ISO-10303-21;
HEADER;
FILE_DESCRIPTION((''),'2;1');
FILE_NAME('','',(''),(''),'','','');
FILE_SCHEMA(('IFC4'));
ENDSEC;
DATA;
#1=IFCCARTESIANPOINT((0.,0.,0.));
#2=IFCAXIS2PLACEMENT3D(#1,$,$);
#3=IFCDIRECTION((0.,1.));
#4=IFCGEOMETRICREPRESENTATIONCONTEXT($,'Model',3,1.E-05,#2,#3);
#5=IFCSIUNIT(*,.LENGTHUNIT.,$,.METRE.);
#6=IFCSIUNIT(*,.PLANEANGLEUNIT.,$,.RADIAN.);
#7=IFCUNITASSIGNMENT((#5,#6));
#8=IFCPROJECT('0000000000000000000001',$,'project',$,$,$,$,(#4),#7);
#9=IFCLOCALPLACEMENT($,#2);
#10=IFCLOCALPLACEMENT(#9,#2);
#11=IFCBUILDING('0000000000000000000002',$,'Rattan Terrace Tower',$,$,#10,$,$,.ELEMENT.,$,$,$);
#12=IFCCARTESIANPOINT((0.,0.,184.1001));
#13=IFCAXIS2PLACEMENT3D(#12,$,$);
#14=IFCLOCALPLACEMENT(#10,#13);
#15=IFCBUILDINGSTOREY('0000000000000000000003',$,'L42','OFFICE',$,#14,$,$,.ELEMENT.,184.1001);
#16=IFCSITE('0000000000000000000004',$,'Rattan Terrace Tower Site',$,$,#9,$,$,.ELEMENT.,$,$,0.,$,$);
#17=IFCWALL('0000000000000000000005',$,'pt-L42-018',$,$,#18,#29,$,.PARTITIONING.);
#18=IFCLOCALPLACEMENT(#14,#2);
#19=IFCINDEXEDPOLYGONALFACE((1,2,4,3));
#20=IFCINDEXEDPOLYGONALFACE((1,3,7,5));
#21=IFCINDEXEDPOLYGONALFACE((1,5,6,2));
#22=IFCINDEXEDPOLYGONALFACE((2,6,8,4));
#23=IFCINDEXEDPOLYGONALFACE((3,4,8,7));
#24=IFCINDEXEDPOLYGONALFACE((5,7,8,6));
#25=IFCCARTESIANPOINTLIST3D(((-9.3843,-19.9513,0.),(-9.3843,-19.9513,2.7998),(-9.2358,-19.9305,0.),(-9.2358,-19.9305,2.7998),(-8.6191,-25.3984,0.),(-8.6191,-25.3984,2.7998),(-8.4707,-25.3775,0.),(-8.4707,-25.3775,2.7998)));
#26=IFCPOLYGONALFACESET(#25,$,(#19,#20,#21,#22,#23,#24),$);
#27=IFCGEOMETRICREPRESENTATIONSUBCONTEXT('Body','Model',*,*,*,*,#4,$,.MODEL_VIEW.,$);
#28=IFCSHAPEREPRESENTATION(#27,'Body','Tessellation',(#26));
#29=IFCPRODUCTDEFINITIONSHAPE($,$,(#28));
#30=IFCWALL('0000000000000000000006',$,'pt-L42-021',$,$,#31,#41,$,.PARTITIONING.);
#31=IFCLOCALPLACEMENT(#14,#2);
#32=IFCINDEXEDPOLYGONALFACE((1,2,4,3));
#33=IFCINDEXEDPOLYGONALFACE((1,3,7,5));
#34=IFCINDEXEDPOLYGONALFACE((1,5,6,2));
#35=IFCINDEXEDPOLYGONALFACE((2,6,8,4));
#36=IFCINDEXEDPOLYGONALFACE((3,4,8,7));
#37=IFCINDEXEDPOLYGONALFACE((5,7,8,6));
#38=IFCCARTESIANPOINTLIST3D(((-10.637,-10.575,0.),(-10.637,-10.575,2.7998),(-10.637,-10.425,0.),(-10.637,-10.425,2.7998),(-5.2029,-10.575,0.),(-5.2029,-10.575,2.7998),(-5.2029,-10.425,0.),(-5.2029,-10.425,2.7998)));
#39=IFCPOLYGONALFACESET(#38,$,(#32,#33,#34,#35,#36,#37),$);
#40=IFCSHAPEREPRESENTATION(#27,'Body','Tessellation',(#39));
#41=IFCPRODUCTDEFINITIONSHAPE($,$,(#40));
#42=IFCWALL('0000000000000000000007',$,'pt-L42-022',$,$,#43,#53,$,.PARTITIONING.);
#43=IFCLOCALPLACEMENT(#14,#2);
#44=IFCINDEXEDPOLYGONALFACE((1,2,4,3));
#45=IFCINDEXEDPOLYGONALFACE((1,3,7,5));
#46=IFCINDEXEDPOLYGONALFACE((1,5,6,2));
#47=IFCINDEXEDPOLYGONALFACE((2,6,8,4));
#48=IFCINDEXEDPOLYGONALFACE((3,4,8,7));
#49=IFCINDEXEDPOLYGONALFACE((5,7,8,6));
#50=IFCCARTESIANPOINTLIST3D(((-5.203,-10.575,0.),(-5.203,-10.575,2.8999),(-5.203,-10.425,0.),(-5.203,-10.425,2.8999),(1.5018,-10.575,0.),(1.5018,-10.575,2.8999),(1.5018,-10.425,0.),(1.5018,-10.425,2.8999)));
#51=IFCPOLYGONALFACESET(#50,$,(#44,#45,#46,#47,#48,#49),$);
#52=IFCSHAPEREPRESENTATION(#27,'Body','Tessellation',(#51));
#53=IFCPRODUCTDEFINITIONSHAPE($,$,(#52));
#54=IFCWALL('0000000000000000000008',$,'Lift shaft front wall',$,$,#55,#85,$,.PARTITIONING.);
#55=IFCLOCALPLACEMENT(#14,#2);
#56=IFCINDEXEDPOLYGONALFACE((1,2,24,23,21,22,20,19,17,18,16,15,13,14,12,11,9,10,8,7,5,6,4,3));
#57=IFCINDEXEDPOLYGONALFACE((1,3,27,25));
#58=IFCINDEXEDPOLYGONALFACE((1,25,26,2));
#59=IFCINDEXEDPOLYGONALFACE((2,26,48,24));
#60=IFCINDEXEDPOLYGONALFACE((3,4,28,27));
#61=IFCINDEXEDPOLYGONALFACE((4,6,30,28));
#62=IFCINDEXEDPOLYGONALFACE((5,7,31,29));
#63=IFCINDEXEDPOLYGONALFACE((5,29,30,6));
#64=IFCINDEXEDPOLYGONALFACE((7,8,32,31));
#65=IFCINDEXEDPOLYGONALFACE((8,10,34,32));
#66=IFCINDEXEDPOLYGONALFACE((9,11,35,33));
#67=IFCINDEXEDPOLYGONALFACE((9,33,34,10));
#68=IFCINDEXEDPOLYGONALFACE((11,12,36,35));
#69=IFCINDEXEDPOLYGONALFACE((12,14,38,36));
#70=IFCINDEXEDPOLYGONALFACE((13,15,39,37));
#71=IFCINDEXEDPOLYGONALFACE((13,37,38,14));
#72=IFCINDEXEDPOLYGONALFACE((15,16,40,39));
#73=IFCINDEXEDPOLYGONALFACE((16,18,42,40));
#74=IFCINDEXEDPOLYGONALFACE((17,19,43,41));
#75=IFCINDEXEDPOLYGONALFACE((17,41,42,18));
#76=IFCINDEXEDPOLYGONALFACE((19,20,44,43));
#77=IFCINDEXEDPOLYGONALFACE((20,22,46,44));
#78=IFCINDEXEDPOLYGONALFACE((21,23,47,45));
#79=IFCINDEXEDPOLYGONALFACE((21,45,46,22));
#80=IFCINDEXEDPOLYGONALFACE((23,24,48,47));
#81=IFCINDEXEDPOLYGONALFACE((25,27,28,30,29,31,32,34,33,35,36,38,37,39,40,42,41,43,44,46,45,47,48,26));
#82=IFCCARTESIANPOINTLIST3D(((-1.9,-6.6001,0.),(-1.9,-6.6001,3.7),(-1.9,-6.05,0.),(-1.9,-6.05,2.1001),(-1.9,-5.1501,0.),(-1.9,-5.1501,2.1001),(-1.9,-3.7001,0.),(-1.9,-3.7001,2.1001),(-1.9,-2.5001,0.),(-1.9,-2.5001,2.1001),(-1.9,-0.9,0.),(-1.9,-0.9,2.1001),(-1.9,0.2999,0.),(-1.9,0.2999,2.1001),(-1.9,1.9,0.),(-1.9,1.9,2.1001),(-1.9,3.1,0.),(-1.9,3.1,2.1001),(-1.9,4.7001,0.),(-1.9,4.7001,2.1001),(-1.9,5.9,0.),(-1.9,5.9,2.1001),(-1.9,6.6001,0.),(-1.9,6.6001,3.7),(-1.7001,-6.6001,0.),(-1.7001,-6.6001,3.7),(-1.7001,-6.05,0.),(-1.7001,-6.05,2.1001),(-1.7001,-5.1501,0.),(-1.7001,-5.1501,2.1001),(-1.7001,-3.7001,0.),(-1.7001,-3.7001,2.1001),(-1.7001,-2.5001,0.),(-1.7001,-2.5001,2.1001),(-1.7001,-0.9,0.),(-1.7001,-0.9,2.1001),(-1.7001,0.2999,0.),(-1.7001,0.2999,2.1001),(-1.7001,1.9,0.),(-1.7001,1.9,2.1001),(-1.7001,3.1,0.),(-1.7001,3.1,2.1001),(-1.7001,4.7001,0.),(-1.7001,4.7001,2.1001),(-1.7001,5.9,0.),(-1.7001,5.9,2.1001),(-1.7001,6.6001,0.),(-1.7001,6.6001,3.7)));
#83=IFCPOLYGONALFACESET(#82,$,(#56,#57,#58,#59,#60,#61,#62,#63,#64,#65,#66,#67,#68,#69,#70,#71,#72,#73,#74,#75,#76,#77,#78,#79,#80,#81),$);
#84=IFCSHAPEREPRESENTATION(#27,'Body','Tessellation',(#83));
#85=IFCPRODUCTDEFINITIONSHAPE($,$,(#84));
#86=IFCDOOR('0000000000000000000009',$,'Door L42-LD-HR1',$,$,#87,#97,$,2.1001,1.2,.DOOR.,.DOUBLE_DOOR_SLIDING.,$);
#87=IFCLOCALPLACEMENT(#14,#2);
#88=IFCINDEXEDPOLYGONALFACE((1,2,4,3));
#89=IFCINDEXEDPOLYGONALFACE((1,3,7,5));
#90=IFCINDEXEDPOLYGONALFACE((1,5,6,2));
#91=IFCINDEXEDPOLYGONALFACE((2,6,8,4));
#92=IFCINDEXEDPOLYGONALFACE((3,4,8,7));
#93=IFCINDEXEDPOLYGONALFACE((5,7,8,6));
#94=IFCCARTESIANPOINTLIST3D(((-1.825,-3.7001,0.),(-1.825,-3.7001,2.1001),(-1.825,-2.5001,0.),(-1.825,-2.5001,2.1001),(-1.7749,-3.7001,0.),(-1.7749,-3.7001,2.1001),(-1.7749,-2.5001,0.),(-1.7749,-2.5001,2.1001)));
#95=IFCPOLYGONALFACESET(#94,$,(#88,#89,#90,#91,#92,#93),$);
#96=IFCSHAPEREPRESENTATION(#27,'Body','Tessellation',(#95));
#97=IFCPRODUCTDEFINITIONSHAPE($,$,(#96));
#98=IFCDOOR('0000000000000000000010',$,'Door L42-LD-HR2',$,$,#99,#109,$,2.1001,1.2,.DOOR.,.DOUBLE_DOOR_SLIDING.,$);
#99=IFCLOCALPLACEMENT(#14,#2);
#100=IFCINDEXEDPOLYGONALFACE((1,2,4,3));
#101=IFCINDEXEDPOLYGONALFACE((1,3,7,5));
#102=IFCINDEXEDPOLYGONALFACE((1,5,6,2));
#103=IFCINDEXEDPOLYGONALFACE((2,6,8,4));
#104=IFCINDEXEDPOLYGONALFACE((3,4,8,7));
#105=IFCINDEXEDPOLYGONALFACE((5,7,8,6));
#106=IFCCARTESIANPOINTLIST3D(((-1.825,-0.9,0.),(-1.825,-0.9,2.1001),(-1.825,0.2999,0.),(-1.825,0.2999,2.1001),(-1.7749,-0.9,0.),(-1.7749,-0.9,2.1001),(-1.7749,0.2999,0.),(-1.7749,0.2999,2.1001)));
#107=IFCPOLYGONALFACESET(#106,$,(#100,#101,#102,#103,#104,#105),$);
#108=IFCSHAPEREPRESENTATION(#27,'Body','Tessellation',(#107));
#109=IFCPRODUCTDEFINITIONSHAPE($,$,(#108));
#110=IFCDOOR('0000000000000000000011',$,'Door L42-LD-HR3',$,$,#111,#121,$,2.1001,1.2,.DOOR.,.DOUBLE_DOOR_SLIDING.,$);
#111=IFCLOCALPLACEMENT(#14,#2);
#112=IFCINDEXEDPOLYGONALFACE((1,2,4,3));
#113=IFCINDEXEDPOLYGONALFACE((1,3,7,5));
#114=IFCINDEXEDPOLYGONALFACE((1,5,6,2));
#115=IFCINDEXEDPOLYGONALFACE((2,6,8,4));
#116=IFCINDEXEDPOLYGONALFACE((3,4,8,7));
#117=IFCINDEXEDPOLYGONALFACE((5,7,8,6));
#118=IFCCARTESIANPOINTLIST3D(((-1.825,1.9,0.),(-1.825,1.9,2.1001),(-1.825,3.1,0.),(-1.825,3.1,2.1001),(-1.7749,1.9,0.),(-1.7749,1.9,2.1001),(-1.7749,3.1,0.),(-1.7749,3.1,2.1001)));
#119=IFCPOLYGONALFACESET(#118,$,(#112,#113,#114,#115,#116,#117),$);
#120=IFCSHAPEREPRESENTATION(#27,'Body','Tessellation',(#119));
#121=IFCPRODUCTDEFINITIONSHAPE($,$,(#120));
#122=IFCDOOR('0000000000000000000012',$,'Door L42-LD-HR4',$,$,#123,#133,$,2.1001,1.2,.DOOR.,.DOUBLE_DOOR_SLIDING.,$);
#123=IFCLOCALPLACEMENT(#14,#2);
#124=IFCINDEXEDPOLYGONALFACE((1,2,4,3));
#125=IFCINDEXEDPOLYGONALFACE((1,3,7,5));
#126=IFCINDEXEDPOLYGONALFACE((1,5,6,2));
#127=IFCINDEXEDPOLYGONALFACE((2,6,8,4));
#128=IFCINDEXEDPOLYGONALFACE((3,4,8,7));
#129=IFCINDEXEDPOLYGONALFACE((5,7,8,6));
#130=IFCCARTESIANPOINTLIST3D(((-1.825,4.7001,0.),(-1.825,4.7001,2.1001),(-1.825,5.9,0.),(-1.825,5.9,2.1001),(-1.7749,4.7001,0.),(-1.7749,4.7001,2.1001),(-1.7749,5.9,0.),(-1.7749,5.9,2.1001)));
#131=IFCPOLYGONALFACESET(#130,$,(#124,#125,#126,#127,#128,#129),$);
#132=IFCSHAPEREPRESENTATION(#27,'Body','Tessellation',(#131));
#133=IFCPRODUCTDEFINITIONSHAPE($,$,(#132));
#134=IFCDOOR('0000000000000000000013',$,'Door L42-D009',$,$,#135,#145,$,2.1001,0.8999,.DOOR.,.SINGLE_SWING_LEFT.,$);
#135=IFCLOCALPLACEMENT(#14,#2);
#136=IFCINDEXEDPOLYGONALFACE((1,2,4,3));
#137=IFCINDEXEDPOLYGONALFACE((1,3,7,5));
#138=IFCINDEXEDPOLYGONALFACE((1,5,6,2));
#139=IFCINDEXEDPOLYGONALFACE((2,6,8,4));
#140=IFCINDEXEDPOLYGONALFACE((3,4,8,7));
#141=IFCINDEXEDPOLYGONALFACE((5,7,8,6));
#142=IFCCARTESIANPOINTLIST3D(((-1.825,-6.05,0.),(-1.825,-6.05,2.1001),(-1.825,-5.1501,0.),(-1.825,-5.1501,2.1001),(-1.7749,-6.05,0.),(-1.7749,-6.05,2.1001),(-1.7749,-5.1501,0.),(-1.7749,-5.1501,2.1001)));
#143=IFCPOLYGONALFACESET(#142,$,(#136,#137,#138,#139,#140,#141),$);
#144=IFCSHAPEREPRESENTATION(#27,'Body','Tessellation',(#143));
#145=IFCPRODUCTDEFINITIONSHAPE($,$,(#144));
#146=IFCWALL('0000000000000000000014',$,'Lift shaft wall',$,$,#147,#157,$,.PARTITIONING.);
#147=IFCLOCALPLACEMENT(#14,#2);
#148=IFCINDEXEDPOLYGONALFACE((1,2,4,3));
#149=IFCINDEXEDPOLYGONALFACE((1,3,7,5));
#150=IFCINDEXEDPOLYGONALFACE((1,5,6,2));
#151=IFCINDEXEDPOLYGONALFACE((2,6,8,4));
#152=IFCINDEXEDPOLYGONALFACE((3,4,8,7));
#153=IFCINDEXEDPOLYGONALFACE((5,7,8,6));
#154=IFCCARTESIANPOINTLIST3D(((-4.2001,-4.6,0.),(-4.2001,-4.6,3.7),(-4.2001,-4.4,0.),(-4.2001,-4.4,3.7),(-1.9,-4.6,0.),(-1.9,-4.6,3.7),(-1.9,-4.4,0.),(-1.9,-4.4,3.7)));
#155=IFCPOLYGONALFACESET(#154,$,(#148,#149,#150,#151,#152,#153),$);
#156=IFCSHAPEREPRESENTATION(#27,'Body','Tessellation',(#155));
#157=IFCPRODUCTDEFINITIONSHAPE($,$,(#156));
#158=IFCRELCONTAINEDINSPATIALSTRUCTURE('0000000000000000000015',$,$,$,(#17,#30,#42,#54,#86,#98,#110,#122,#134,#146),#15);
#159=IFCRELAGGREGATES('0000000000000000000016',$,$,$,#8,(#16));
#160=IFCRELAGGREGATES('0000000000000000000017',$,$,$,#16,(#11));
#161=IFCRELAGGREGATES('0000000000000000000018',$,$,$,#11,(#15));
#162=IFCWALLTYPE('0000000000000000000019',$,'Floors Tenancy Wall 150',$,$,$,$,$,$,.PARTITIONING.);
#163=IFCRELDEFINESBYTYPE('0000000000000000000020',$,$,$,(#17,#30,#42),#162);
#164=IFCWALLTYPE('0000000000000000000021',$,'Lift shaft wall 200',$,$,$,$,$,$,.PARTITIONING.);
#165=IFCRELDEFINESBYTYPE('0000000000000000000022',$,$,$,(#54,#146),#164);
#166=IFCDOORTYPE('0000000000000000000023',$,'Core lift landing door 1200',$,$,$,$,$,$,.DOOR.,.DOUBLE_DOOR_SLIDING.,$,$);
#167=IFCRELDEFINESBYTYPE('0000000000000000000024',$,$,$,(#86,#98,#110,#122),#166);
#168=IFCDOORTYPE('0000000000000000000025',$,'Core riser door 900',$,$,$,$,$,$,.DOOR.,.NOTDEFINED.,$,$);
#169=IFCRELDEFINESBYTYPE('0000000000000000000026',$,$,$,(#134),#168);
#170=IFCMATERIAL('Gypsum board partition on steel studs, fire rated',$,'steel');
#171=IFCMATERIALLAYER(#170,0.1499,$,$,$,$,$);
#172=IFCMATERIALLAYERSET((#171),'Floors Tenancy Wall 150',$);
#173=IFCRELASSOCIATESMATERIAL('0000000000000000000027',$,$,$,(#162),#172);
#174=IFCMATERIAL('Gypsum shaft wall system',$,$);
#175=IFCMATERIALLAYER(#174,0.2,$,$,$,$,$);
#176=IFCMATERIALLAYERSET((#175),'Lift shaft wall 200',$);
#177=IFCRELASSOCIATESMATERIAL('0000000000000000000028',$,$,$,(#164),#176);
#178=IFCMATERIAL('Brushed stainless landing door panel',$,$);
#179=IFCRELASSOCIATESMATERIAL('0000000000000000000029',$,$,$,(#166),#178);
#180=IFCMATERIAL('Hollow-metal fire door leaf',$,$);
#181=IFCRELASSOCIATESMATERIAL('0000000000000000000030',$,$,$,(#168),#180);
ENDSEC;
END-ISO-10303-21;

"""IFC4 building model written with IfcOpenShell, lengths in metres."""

from ifc_helpers import new_model, si_unit, direction, frame, frame_2d, origin, place, context, subcontext, project, spatial, rectangle, extrude, material, layer, layer_set, type_object, element, fill, save


model = new_model("IFC4")

# Units and contexts
model_context = context("Model", 3, precision=1e-05, world=origin(), true_north=direction((0.0, 1.0)))
body_context = subcontext(model_context, "Body", "Model", "MODEL_VIEW")
ifc_project = project(units=[si_unit("LENGTHUNIT", "METRE"), si_unit("PLANEANGLEUNIT", "RADIAN")], contexts=[model_context])

# Site, building, storey
site_placement = place(None, origin())
site = spatial("IfcSite", under=ifc_project, at=site_placement, Name="Rattan Terrace Tower Site", CompositionType="ELEMENT", RefElevation=0.0)
building_placement = place(site_placement, origin())
building = spatial("IfcBuilding", under=site, at=building_placement, Name="Rattan Terrace Tower", CompositionType="ELEMENT")
storey_placement = place(building_placement, frame((0.0, 0.0, 184.1001)))
storey = spatial("IfcBuildingStorey", under=building, at=storey_placement, Name="L42", Description="OFFICE", CompositionType="ELEMENT", Elevation=184.1001)

# Walls
ifc_material_1 = material(Name="Gypsum board partition on steel studs, fire rated", Category="steel")
ifc_layer_1 = layer(ifc_material_1, 0.1499)
ifc_layer_set_1 = layer_set([ifc_layer_1], Name="Floors Tenancy Wall 150")
wall_type_1 = type_object("IfcWallType", Name="Floors Tenancy Wall 150", PredefinedType="PARTITIONING", material=ifc_layer_set_1)
wall_1_placement = place(storey_placement, frame((-9.3101, -19.9409, 0.0), z_axis=(0.0, 0.0, 1.0), x_axis=(0.139103, -0.990278, 0.0)))
element("IfcWall", 1, at=wall_1_placement, inside=storey, type_object=wall_type_1, Name="pt-L42-018", PredefinedType="PARTITIONING", context=body_context, shape_type="SweptSolid", body=[
    extrude(rectangle(XDim=5.5005, YDim=0.1499, at=frame_2d((2.7502, 0.0))), origin(), (0.0, 0.0, 1.0), 2.7998),
])
wall_2_placement = place(storey_placement, frame((-5.2029, -10.5, 0.0), z_axis=(0.0, 0.0, 1.0), x_axis=(-1.0, 0.0, 0.0)))
element("IfcWall", 2, at=wall_2_placement, inside=storey, type_object=wall_type_1, Name="pt-L42-021", PredefinedType="PARTITIONING", context=body_context, shape_type="SweptSolid", body=[
    extrude(rectangle(XDim=5.4341, YDim=0.1499, at=frame_2d((2.717, 0.0))), origin(), (0.0, 0.0, 1.0), 2.7998),
])
wall_3_placement = place(storey_placement, frame((1.502, -10.5, 0.0), z_axis=(0.0, 0.0, 1.0), x_axis=(-1.0, 0.0, 0.0)))
element("IfcWall", 3, at=wall_3_placement, inside=storey, type_object=wall_type_1, Name="pt-L42-022", PredefinedType="PARTITIONING", context=body_context, shape_type="SweptSolid", body=[
    extrude(rectangle(XDim=6.7048, YDim=0.1499, at=frame_2d((3.3525, 0.0))), origin(), (0.0, 0.0, 1.0), 2.8999),
])

# Wall, openings, doors
ifc_material_2 = material(Name="Gypsum shaft wall system")
ifc_layer_2 = layer(ifc_material_2, 0.2)
ifc_layer_set_2 = layer_set([ifc_layer_2], Name="Lift shaft wall 200")
wall_type_2 = type_object("IfcWallType", Name="Lift shaft wall 200", PredefinedType="PARTITIONING", material=ifc_layer_set_2)
wall_4_placement = place(storey_placement, frame((-1.8, -6.6001, 0.0), z_axis=(0.0, 0.0, 1.0), x_axis=(0.0, 1.0, 0.0)))
wall_4 = element("IfcWall", 4, at=wall_4_placement, inside=storey, type_object=wall_type_2, Name="Lift shaft front wall", PredefinedType="PARTITIONING", context=body_context, shape_type="SweptSolid", body=[
    extrude(rectangle(XDim=13.2002, YDim=0.2, at=frame_2d((6.6001, 0.0))), origin(), (0.0, 0.0, 1.0), 3.7),
])
opening_1_placement = place(wall_4_placement, frame((0.55, 0.0, 0.0)))
opening_1 = element("IfcOpeningElement", 5, at=opening_1_placement, cuts=wall_4, PredefinedType="OPENING", context=body_context, shape_type="SweptSolid", body=[
    extrude(rectangle(XDim=0.8999, YDim=2.1001, at=frame_2d((0.45, 1.05))), frame((0.0, 0.1106, 0.0), z_axis=(0.0, -1.0, 0.0), x_axis=(1.0, 0.0, 0.0)), (0.0, 0.0, 1.0), 0.2209),
])
opening_2_placement = place(wall_4_placement, frame((2.8999, 0.0, 0.0)))
opening_2 = element("IfcOpeningElement", 6, at=opening_2_placement, cuts=wall_4, PredefinedType="OPENING", context=body_context, shape_type="SweptSolid", body=[
    extrude(rectangle(XDim=1.2, YDim=2.1001, at=frame_2d((0.6001, 1.05))), frame((0.0, 0.1106, 0.0), z_axis=(0.0, -1.0, 0.0), x_axis=(1.0, 0.0, 0.0)), (0.0, 0.0, 1.0), 0.2209),
])
opening_3_placement = place(wall_4_placement, frame((5.7, 0.0, 0.0)))
opening_3 = element("IfcOpeningElement", 7, at=opening_3_placement, cuts=wall_4, PredefinedType="OPENING", context=body_context, shape_type="SweptSolid", body=[
    extrude(rectangle(XDim=1.2, YDim=2.1001, at=frame_2d((0.6001, 1.05))), frame((0.0, 0.1106, 0.0), z_axis=(0.0, -1.0, 0.0), x_axis=(1.0, 0.0, 0.0)), (0.0, 0.0, 1.0), 0.2209),
])
opening_4_placement = place(wall_4_placement, frame((8.5, 0.0, 0.0)))
opening_4 = element("IfcOpeningElement", 8, at=opening_4_placement, cuts=wall_4, PredefinedType="OPENING", context=body_context, shape_type="SweptSolid", body=[
    extrude(rectangle(XDim=1.2, YDim=2.1001, at=frame_2d((0.6001, 1.05))), frame((0.0, 0.1106, 0.0), z_axis=(0.0, -1.0, 0.0), x_axis=(1.0, 0.0, 0.0)), (0.0, 0.0, 1.0), 0.2209),
])
opening_5_placement = place(wall_4_placement, frame((11.3, 0.0, 0.0)))
opening_5 = element("IfcOpeningElement", 9, at=opening_5_placement, cuts=wall_4, PredefinedType="OPENING", context=body_context, shape_type="SweptSolid", body=[
    extrude(rectangle(XDim=1.2, YDim=2.1001, at=frame_2d((0.6001, 1.05))), frame((0.0, 0.1106, 0.0), z_axis=(0.0, -1.0, 0.0), x_axis=(1.0, 0.0, 0.0)), (0.0, 0.0, 1.0), 0.2209),
])
ifc_material_3 = material(Name="Brushed stainless landing door panel")
door_type_1 = type_object("IfcDoorType", Name="Core lift landing door 1200", OperationType="DOUBLE_DOOR_SLIDING", PredefinedType="DOOR", material=ifc_material_3)
door_1_placement = place(opening_2_placement, origin())
door_1 = element("IfcDoor", 10, at=door_1_placement, inside=storey, type_object=door_type_1, Name="Door L42-LD-HR1", OperationType="DOUBLE_DOOR_SLIDING", OverallHeight=2.1001, OverallWidth=1.2, PredefinedType="DOOR", context=body_context, shape_type="SweptSolid", body=[
    extrude(rectangle(XDim=1.2, YDim=2.1001, at=frame_2d((0.6001, 1.05))), frame((0.0, 0.0249, 0.0), z_axis=(0.0, -1.0, 0.0), x_axis=(1.0, 0.0, 0.0)), (0.0, 0.0, 1.0), 0.05),
])
fill(opening_2, door_1)
door_2_placement = place(opening_3_placement, origin())
door_2 = element("IfcDoor", 11, at=door_2_placement, inside=storey, type_object=door_type_1, Name="Door L42-LD-HR2", OperationType="DOUBLE_DOOR_SLIDING", OverallHeight=2.1001, OverallWidth=1.2, PredefinedType="DOOR", context=body_context, shape_type="SweptSolid", body=[
    extrude(rectangle(XDim=1.2, YDim=2.1001, at=frame_2d((0.6001, 1.05))), frame((0.0, 0.0249, 0.0), z_axis=(0.0, -1.0, 0.0), x_axis=(1.0, 0.0, 0.0)), (0.0, 0.0, 1.0), 0.05),
])
fill(opening_3, door_2)
door_3_placement = place(opening_4_placement, origin())
door_3 = element("IfcDoor", 12, at=door_3_placement, inside=storey, type_object=door_type_1, Name="Door L42-LD-HR3", OperationType="DOUBLE_DOOR_SLIDING", OverallHeight=2.1001, OverallWidth=1.2, PredefinedType="DOOR", context=body_context, shape_type="SweptSolid", body=[
    extrude(rectangle(XDim=1.2, YDim=2.1001, at=frame_2d((0.6001, 1.05))), frame((0.0, 0.0249, 0.0), z_axis=(0.0, -1.0, 0.0), x_axis=(1.0, 0.0, 0.0)), (0.0, 0.0, 1.0), 0.05),
])
fill(opening_4, door_3)
door_4_placement = place(opening_5_placement, origin())
door_4 = element("IfcDoor", 13, at=door_4_placement, inside=storey, type_object=door_type_1, Name="Door L42-LD-HR4", OperationType="DOUBLE_DOOR_SLIDING", OverallHeight=2.1001, OverallWidth=1.2, PredefinedType="DOOR", context=body_context, shape_type="SweptSolid", body=[
    extrude(rectangle(XDim=1.2, YDim=2.1001, at=frame_2d((0.6001, 1.05))), frame((0.0, 0.0249, 0.0), z_axis=(0.0, -1.0, 0.0), x_axis=(1.0, 0.0, 0.0)), (0.0, 0.0, 1.0), 0.05),
])
fill(opening_5, door_4)
ifc_material_4 = material(Name="Hollow-metal fire door leaf")
door_type_2 = type_object("IfcDoorType", Name="Core riser door 900", OperationType="NOTDEFINED", PredefinedType="DOOR", material=ifc_material_4)
door_5_placement = place(opening_1_placement, origin())
door_5 = element("IfcDoor", 14, at=door_5_placement, inside=storey, type_object=door_type_2, Name="Door L42-D009", OperationType="SINGLE_SWING_LEFT", OverallHeight=2.1001, OverallWidth=0.8999, PredefinedType="DOOR", context=body_context, shape_type="SweptSolid", body=[
    extrude(rectangle(XDim=0.8999, YDim=2.1001, at=frame_2d((0.45, 1.05))), frame((0.0, 0.0249, 0.0), z_axis=(0.0, -1.0, 0.0), x_axis=(1.0, 0.0, 0.0)), (0.0, 0.0, 1.0), 0.05),
])
fill(opening_1, door_5)

# Wall
wall_5_placement = place(storey_placement, frame((-4.2, -4.5, 0.0), z_axis=(0.0, 0.0, 1.0), x_axis=(1.0, 0.0, 0.0)))
element("IfcWall", 15, at=wall_5_placement, inside=storey, type_object=wall_type_2, Name="Lift shaft wall", PredefinedType="PARTITIONING", context=body_context, shape_type="SweptSolid", body=[
    extrude(rectangle(XDim=2.3, YDim=0.2, at=frame_2d((1.1499, 0.0))), origin(), (0.0, 0.0, 1.0), 3.7),
])

save(model, "model.ifc")
